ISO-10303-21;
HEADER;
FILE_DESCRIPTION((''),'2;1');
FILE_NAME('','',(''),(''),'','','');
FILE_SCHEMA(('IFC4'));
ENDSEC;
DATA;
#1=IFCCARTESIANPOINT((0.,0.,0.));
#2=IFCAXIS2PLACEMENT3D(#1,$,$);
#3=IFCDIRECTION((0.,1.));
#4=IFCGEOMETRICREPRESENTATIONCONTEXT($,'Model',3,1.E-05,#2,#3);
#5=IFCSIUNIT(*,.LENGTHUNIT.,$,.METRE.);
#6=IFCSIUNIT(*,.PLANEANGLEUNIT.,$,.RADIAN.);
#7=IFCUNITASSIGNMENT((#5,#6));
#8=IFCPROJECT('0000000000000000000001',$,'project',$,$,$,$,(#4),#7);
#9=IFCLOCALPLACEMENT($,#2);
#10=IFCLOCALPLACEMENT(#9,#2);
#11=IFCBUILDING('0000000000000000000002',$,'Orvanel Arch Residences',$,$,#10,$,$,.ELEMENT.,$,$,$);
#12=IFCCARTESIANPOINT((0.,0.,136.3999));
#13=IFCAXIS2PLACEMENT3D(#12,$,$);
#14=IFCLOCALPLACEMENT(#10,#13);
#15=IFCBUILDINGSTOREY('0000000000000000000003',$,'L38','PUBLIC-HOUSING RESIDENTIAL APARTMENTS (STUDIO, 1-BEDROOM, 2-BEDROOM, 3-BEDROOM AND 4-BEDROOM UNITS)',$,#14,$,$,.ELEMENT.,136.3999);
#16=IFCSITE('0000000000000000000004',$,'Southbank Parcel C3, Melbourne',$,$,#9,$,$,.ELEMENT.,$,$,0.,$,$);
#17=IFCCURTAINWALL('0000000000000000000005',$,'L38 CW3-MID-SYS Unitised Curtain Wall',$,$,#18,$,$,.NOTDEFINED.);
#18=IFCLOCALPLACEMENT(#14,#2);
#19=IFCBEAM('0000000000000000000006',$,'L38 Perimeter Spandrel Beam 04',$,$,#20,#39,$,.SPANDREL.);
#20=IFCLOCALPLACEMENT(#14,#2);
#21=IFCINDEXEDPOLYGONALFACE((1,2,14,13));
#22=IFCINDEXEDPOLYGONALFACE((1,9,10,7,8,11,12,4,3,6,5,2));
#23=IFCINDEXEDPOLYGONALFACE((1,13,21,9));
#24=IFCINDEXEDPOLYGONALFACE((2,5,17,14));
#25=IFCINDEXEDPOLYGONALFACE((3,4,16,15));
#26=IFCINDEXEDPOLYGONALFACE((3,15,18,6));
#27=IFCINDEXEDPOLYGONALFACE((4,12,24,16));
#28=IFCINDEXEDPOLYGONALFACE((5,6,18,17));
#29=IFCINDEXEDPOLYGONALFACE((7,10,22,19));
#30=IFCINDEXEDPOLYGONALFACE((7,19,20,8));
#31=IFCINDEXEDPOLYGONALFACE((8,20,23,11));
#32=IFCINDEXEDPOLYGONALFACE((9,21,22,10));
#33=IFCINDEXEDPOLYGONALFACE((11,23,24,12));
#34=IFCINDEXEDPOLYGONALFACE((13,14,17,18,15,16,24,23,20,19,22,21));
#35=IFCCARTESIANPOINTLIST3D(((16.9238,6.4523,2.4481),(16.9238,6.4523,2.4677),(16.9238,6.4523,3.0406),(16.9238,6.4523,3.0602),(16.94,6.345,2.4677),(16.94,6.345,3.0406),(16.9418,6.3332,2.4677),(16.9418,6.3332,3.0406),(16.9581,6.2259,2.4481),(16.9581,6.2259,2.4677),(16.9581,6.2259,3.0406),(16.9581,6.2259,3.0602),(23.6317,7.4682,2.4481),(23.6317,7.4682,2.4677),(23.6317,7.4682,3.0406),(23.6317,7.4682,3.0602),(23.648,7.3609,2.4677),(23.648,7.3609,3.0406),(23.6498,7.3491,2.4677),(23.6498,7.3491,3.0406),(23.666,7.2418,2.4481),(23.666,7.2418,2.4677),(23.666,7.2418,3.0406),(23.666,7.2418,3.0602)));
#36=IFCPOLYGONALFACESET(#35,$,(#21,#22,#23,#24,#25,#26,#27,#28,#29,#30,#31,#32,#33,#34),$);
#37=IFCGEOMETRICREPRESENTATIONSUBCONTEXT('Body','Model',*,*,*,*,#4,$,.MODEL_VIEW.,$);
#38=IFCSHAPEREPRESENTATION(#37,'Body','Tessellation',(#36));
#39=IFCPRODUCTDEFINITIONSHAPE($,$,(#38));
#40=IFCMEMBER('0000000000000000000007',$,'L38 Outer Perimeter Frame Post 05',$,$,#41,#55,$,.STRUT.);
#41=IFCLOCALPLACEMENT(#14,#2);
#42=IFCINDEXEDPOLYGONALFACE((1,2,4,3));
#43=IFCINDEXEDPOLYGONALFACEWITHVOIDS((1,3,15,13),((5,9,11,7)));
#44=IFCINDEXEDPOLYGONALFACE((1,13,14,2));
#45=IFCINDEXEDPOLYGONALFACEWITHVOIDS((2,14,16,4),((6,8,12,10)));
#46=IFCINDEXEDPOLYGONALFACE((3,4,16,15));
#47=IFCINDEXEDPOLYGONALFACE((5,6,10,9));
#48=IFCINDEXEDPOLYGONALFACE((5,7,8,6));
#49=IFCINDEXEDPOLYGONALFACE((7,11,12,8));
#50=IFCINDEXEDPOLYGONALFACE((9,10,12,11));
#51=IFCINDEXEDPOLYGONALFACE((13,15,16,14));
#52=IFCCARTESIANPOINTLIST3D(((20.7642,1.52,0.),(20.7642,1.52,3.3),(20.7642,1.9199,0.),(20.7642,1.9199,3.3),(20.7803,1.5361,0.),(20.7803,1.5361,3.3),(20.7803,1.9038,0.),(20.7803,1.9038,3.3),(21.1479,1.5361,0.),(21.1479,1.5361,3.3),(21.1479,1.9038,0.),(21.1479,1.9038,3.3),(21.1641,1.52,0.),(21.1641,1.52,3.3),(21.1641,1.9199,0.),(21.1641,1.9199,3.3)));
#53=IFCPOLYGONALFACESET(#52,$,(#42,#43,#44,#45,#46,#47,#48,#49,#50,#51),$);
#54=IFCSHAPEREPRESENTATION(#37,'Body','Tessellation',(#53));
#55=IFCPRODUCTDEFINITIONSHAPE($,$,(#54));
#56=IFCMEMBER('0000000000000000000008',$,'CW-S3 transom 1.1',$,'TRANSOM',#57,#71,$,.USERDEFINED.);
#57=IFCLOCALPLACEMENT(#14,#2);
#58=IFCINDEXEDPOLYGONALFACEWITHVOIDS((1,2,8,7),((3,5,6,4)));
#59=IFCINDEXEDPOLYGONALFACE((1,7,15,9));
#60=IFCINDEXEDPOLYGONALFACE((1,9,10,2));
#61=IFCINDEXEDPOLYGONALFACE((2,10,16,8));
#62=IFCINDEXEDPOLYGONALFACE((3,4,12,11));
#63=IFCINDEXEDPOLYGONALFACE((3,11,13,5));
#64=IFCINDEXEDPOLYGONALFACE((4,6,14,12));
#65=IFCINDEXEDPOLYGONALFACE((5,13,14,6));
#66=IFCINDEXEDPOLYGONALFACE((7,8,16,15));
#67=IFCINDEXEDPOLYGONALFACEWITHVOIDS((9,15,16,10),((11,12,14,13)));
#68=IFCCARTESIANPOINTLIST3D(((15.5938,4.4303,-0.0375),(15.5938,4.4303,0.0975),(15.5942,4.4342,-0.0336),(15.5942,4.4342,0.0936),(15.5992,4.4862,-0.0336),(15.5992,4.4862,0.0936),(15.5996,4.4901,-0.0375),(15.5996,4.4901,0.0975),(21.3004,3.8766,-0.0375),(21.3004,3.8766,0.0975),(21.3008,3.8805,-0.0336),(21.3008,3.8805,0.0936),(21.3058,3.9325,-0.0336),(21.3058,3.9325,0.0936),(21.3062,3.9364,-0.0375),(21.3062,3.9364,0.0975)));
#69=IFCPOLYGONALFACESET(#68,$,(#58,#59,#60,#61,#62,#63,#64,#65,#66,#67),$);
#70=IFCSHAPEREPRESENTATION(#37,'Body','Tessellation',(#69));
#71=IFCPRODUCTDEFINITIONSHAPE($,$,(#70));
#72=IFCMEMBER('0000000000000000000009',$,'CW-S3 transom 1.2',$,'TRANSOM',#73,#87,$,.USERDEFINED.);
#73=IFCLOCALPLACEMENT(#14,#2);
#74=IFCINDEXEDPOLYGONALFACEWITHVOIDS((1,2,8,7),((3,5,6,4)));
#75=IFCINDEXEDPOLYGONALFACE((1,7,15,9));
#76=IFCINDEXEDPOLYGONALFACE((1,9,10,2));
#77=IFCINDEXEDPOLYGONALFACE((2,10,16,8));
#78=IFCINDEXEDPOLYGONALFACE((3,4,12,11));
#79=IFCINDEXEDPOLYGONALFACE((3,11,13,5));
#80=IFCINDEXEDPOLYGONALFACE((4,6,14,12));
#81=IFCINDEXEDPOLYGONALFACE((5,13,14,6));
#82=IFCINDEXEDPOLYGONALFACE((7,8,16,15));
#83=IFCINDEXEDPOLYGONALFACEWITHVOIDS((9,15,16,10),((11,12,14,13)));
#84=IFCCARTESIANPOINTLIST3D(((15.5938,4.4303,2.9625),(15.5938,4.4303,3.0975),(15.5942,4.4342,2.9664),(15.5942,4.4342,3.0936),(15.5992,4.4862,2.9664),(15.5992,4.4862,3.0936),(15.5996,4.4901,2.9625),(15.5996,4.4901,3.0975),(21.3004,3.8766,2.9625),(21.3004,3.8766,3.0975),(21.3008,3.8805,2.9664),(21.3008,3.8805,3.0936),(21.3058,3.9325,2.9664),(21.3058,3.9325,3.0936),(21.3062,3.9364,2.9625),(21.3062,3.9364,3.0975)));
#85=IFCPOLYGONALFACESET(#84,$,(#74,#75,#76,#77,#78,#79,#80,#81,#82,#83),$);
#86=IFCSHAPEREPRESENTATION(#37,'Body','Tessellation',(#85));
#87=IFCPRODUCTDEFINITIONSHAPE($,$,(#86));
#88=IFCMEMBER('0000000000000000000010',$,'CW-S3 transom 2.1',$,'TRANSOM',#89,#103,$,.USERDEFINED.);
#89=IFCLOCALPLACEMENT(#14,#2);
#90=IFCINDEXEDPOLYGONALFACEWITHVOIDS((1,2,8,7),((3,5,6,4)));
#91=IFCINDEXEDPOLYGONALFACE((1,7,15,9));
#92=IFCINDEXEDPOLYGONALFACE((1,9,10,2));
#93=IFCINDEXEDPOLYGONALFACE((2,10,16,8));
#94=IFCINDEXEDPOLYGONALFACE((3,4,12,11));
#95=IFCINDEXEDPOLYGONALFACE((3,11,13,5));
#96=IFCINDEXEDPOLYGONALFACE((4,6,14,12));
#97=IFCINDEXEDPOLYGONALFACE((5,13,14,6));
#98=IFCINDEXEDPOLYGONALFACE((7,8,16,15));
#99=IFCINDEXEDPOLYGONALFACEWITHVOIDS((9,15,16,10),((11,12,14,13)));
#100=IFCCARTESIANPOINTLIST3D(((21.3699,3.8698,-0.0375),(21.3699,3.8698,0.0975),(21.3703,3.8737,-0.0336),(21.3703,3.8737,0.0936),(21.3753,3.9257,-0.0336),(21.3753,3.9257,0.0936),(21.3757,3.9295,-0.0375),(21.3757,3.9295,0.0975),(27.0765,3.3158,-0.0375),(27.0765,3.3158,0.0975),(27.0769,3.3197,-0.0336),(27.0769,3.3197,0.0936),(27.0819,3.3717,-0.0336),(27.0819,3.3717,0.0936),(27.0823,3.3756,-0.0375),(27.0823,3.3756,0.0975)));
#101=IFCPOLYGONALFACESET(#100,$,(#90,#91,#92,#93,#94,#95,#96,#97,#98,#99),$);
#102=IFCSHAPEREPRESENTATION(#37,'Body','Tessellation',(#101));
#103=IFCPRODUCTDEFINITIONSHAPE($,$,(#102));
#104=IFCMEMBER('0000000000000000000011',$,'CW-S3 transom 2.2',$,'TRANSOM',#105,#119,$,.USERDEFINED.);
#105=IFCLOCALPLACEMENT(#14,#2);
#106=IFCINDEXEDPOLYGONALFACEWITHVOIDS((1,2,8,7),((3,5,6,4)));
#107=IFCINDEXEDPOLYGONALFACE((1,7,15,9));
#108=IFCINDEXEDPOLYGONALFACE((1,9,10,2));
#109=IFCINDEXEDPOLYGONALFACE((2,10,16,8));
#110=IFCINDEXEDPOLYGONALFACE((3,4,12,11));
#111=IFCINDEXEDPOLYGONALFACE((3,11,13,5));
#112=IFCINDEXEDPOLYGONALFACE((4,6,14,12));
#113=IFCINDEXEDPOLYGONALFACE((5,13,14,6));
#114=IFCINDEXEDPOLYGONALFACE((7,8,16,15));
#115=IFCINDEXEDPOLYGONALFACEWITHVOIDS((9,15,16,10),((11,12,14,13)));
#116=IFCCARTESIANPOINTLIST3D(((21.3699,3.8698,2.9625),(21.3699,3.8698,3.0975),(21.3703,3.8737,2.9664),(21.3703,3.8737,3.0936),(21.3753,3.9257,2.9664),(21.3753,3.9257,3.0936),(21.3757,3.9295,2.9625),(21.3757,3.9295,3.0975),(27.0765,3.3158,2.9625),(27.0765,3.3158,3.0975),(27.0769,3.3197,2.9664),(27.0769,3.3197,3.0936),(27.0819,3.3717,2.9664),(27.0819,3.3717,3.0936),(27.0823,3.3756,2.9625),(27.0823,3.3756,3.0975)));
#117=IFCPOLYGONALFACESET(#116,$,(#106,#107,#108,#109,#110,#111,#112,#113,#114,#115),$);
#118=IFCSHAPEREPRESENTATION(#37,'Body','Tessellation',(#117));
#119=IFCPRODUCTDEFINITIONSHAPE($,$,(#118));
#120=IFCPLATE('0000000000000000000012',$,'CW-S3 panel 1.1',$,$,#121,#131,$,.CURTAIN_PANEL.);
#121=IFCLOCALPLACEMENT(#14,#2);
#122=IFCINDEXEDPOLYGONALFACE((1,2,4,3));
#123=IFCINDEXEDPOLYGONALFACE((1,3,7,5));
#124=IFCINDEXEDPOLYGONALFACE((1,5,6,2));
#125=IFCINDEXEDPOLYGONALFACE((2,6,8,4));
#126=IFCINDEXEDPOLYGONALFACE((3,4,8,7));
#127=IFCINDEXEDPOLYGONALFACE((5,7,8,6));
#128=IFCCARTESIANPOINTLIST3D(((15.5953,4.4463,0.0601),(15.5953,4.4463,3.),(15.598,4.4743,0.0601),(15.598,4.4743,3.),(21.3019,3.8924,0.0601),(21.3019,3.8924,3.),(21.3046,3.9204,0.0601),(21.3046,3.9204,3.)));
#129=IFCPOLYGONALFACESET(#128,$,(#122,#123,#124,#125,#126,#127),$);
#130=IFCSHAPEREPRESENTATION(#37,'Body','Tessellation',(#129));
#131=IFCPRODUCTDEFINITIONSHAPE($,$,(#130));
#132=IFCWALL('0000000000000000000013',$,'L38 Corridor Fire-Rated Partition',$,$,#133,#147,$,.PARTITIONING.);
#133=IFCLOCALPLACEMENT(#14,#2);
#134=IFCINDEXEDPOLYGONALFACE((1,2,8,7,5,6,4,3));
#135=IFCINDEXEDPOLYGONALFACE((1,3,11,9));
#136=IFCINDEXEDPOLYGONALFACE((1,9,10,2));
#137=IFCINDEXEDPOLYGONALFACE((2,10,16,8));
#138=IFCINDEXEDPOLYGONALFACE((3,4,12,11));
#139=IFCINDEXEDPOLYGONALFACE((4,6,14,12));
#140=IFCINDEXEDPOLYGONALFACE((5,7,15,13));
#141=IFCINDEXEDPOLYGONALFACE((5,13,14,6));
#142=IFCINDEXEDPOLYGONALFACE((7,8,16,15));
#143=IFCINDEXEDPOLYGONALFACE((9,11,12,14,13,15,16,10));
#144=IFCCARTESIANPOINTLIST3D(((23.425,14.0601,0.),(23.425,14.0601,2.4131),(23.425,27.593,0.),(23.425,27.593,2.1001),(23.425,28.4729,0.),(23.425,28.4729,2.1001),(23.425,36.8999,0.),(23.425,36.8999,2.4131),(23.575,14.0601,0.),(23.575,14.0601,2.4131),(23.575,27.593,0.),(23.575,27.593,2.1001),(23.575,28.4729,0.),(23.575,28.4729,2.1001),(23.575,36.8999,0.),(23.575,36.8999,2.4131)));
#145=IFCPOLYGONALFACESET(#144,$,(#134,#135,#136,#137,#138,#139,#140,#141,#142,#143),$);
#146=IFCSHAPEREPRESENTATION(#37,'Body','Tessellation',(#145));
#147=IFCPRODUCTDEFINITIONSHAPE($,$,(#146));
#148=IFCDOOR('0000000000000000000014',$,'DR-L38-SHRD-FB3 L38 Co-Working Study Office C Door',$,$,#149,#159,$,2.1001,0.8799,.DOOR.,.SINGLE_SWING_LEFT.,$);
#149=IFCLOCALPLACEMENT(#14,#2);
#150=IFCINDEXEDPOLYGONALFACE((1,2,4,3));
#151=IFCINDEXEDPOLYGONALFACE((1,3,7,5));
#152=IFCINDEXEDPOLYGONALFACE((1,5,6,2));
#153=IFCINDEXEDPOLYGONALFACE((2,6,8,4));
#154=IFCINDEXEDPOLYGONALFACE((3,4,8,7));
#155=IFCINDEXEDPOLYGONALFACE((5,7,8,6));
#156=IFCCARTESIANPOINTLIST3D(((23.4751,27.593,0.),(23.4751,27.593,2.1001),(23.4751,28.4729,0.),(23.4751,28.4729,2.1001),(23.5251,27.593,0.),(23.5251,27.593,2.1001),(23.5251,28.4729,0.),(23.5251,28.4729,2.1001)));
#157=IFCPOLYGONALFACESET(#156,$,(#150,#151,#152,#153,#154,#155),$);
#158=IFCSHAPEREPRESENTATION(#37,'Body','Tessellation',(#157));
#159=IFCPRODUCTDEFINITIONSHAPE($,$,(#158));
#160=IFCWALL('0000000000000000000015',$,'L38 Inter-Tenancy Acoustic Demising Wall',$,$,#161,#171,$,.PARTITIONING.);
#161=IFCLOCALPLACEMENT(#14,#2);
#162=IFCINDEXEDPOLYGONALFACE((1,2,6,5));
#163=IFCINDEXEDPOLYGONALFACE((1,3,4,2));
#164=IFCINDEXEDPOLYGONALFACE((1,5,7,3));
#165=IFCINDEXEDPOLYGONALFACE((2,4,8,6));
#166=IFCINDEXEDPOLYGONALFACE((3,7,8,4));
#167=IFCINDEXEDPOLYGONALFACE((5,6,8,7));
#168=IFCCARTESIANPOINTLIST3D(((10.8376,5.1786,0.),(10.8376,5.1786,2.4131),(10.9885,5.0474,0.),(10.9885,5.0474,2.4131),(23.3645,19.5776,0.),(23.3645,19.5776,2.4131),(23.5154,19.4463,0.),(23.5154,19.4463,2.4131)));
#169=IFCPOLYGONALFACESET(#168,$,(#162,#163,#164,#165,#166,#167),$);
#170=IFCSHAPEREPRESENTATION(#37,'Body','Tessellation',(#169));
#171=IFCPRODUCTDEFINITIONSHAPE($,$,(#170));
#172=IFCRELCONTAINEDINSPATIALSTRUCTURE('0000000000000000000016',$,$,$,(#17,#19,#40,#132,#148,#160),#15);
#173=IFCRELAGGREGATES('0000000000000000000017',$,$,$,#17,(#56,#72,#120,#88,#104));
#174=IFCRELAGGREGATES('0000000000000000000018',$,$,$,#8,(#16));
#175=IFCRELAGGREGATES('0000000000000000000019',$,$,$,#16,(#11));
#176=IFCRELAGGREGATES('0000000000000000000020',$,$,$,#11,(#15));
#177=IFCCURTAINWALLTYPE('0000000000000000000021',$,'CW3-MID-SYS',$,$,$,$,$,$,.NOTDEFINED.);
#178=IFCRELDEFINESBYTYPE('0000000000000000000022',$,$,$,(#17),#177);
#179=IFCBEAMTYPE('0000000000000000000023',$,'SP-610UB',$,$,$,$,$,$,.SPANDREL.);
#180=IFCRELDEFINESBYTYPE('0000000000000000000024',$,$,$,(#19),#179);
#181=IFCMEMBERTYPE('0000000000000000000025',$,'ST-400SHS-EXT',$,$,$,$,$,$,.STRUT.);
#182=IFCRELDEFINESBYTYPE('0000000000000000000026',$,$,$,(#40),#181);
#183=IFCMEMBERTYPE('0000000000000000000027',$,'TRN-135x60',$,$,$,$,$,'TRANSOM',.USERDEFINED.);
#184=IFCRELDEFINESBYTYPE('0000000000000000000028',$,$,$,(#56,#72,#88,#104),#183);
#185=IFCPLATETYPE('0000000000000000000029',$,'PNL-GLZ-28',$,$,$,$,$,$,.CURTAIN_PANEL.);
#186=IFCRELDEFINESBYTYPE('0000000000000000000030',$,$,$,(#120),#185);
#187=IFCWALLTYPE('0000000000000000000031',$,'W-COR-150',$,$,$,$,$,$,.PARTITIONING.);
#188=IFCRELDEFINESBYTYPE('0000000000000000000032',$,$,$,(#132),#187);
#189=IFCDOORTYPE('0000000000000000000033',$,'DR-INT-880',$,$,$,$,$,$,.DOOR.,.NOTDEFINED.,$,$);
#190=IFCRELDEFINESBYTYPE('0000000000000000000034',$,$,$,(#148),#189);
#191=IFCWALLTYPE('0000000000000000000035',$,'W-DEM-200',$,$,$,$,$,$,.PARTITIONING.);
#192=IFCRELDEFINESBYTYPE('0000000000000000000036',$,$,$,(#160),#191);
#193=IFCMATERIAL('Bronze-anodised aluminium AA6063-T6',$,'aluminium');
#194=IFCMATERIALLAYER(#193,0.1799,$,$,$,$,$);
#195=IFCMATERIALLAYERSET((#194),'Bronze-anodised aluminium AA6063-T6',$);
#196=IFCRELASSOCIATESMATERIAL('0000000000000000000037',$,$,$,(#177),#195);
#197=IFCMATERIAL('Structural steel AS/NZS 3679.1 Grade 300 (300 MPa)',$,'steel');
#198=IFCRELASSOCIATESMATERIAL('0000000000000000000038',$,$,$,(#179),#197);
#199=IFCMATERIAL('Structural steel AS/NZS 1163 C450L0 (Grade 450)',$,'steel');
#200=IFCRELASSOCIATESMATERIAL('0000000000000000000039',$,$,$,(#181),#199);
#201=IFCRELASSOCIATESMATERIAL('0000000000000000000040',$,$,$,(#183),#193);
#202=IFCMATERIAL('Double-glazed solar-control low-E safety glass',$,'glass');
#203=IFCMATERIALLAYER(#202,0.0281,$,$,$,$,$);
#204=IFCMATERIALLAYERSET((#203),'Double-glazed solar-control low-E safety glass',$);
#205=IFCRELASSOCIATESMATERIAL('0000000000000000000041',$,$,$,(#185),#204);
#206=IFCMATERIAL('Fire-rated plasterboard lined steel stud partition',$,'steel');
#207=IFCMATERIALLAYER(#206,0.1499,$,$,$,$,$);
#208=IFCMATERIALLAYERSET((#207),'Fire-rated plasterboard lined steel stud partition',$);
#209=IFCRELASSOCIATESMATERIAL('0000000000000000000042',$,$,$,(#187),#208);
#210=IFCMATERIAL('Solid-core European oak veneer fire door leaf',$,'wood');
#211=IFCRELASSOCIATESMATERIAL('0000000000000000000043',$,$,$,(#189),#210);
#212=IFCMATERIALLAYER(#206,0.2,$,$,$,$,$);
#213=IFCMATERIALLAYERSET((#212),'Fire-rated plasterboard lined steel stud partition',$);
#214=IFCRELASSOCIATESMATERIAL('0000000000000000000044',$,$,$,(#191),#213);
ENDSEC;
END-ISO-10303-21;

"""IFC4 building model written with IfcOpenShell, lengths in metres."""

from ifc_helpers import new_model, si_unit, direction, frame, frame_2d, origin, origin_2d, place, context, subcontext, project, spatial, rectangle, hollow_rectangle, i_section, extrude, material, layer, layer_set, material_profile, profile_set, type_object, element, fill, aggregate, save


model = new_model("IFC4")

# Units and contexts
model_context = context("Model", 3, precision=1e-05, world=origin(), true_north=direction((0.0, 1.0)))
body_context = subcontext(model_context, "Body", "Model", "MODEL_VIEW")
ifc_project = project(units=[si_unit("LENGTHUNIT", "METRE"), si_unit("PLANEANGLEUNIT", "RADIAN")], contexts=[model_context])

# Site, building, storey
site_placement = place(None, origin())
site = spatial("IfcSite", under=ifc_project, at=site_placement, Name="Southbank Parcel C3, Melbourne", CompositionType="ELEMENT", RefElevation=0.0)
building_placement = place(site_placement, origin())
building = spatial("IfcBuilding", under=site, at=building_placement, Name="Orvanel Arch Residences", CompositionType="ELEMENT")
storey_placement = place(building_placement, frame((0.0, 0.0, 136.3999)))
storey = spatial("IfcBuildingStorey", under=building, at=storey_placement, Name="L38", Description="PUBLIC-HOUSING RESIDENTIAL APARTMENTS (STUDIO, 1-BEDROOM, 2-BEDROOM, 3-BEDROOM AND 4-BEDROOM UNITS)", CompositionType="ELEMENT", Elevation=136.3999)

# Shared definitions
ifc_material_1 = material(Name="Bronze-anodised aluminium AA6063-T6", Category="aluminium")

# Curtain wall
ifc_layer_1 = layer(ifc_material_1, 0.1799)
ifc_layer_set_1 = layer_set([ifc_layer_1], Name="Bronze-anodised aluminium AA6063-T6")
curtain_wall_type_1 = type_object("IfcCurtainWallType", Name="CW3-MID-SYS", PredefinedType="NOTDEFINED", material=ifc_layer_set_1)
curtain_wall_1_placement = place(storey_placement, origin())
curtain_wall_1 = element("IfcCurtainWall", 1, at=curtain_wall_1_placement, inside=storey, type_object=curtain_wall_type_1, Name="L38 CW3-MID-SYS Unitised Curtain Wall", PredefinedType="NOTDEFINED")

# Beam
ifc_material_2 = material(Name="Structural steel AS/NZS 3679.1 Grade 300 (300 MPa)", Category="steel")
ifc_material_profile_1 = material_profile(ifc_material_2, i_section(OverallWidth=0.229, OverallDepth=0.6121, WebThickness=0.012, FlangeThickness=0.0195, at=origin_2d()), Name="610UB125")
ifc_profile_set_1 = profile_set([ifc_material_profile_1], Name="Structural steel AS/NZS 3679.1 Grade 300 (300 MPa)")
beam_type_1 = type_object("IfcBeamType", Name="SP-610UB", PredefinedType="SPANDREL", material=ifc_profile_set_1)
beam_1_placement = place(storey_placement, frame((16.9409, 6.3391, 2.7542), z_axis=(0.988726, 0.149734, 0.0), x_axis=(-0.149734, 0.988726, 0.0)))
element("IfcBeam", 2, at=beam_1_placement, inside=storey, type_object=beam_type_1, Name="L38 Perimeter Spandrel Beam 04", PredefinedType="SPANDREL", context=body_context, shape_type="SweptSolid", body=[
    extrude(i_section(OverallWidth=0.229, OverallDepth=0.6121, WebThickness=0.012, FlangeThickness=0.0195, at=origin_2d()), origin(), (0.0, 0.0, 1.0), 6.7844),
])

# Members
ifc_material_3 = material(Name="Structural steel AS/NZS 1163 C450L0 (Grade 450)", Category="steel")
ifc_material_profile_2 = material_profile(ifc_material_3, hollow_rectangle(XDim=0.3999, YDim=0.3999, WallThickness=0.0161, at=origin_2d()), Name="SHS400x400x16")
ifc_profile_set_2 = profile_set([ifc_material_profile_2], Name="Structural steel AS/NZS 1163 C450L0 (Grade 450)")
member_type_1 = type_object("IfcMemberType", Name="ST-400SHS-EXT", PredefinedType="STRUT", material=ifc_profile_set_2)
member_1_placement = place(storey_placement, frame((20.9641, 1.72, 0.0), z_axis=(0.0, 0.0, 1.0), x_axis=(1.0, 0.0, 0.0)))
element("IfcMember", 3, at=member_1_placement, inside=storey, type_object=member_type_1, Name="L38 Outer Perimeter Frame Post 05", PredefinedType="STRUT", context=body_context, shape_type="SweptSolid", body=[
    extrude(hollow_rectangle(XDim=0.3999, YDim=0.3999, WallThickness=0.0161, at=origin_2d()), origin(), (0.0, 0.0, 1.0), 3.3),
])
ifc_material_profile_3 = material_profile(ifc_material_1, hollow_rectangle(XDim=0.0601, YDim=0.135, WallThickness=0.0039, at=origin_2d()), Name="ALU135x60x4")
ifc_profile_set_3 = profile_set([ifc_material_profile_3], Name="Bronze-anodised aluminium AA6063-T6")
member_type_2 = type_object("IfcMemberType", Name="TRN-135x60", ElementType="TRANSOM", PredefinedType="USERDEFINED", material=ifc_profile_set_3)
member_2_placement = place(storey_placement, frame((15.5967, 4.4602, 0.03), z_axis=(0.995325, -0.096577, 0.0), x_axis=(0.096577, 0.995325, 0.0)))
member_2 = element("IfcMember", 4, at=member_2_placement, type_object=member_type_2, Name="CW-S3 transom 1.1", ObjectType="TRANSOM", PredefinedType="USERDEFINED", context=body_context, shape_type="SweptSolid", body=[
    extrude(hollow_rectangle(XDim=0.0601, YDim=0.135, WallThickness=0.0039, at=origin_2d()), origin(), (0.0, 0.0, 1.0), 5.7334),
])
member_3_placement = place(storey_placement, frame((15.5967, 4.4602, 3.03), z_axis=(0.995325, -0.096577, 0.0), x_axis=(0.096577, 0.995325, 0.0)))
member_3 = element("IfcMember", 5, at=member_3_placement, type_object=member_type_2, Name="CW-S3 transom 1.2", ObjectType="TRANSOM", PredefinedType="USERDEFINED", context=body_context, shape_type="SweptSolid", body=[
    extrude(hollow_rectangle(XDim=0.0601, YDim=0.135, WallThickness=0.0039, at=origin_2d()), origin(), (0.0, 0.0, 1.0), 5.7334),
])
member_4_placement = place(storey_placement, frame((21.3728, 3.8997, 0.03), z_axis=(0.995321, -0.09662, 0.0), x_axis=(0.09662, 0.995321, 0.0)))
member_4 = element("IfcMember", 6, at=member_4_placement, type_object=member_type_2, Name="CW-S3 transom 2.1", ObjectType="TRANSOM", PredefinedType="USERDEFINED", context=body_context, shape_type="SweptSolid", body=[
    extrude(hollow_rectangle(XDim=0.0601, YDim=0.135, WallThickness=0.0039, at=origin_2d()), origin(), (0.0, 0.0, 1.0), 5.7334),
])
member_5_placement = place(storey_placement, frame((21.3728, 3.8997, 3.03), z_axis=(0.995321, -0.09662, 0.0), x_axis=(0.09662, 0.995321, 0.0)))
member_5 = element("IfcMember", 7, at=member_5_placement, type_object=member_type_2, Name="CW-S3 transom 2.2", ObjectType="TRANSOM", PredefinedType="USERDEFINED", context=body_context, shape_type="SweptSolid", body=[
    extrude(hollow_rectangle(XDim=0.0601, YDim=0.135, WallThickness=0.0039, at=origin_2d()), origin(), (0.0, 0.0, 1.0), 5.7334),
])

# Plate
ifc_material_4 = material(Name="Double-glazed solar-control low-E safety glass", Category="glass")
ifc_layer_2 = layer(ifc_material_4, 0.0281)
ifc_layer_set_2 = layer_set([ifc_layer_2], Name="Double-glazed solar-control low-E safety glass")
plate_type = type_object("IfcPlateType", Name="PNL-GLZ-28", PredefinedType="CURTAIN_PANEL", material=ifc_layer_set_2)
plate_placement = place(storey_placement, frame((18.45, 4.1833, 0.0601), z_axis=(0.0, 0.0, 1.0), x_axis=(0.995323, -0.096603, 0.0)))
plate = element("IfcPlate", 8, at=plate_placement, type_object=plate_type, Name="CW-S3 panel 1.1", PredefinedType="CURTAIN_PANEL", context=body_context, shape_type="SweptSolid", body=[
    extrude(rectangle(XDim=5.7334, YDim=0.0281, at=origin_2d()), origin(), (0.0, 0.0, 1.0), 2.9399),
])
aggregate(curtain_wall_1, [member_2, member_3, plate, member_4, member_5])

# Wall, opening, door
ifc_material_5 = material(Name="Fire-rated plasterboard lined steel stud partition", Category="steel")
ifc_layer_3 = layer(ifc_material_5, 0.1499)
ifc_layer_set_3 = layer_set([ifc_layer_3], Name="Fire-rated plasterboard lined steel stud partition")
wall_type_1 = type_object("IfcWallType", Name="W-COR-150", PredefinedType="PARTITIONING", material=ifc_layer_set_3)
wall_1_placement = place(storey_placement, frame((23.5, 14.0601, 0.0), z_axis=(0.0, 0.0, 1.0), x_axis=(0.0, 1.0, 0.0)))
wall_1 = element("IfcWall", 9, at=wall_1_placement, inside=storey, type_object=wall_type_1, Name="L38 Corridor Fire-Rated Partition", PredefinedType="PARTITIONING", context=body_context, shape_type="SweptSolid", body=[
    extrude(rectangle(XDim=22.8398, YDim=0.1499, at=frame_2d((11.4199, 0.0))), origin(), (0.0, 0.0, 1.0), 2.4131),
])
opening_1_placement = place(wall_1_placement, frame((13.533, 0.0, 0.0)))
opening_1 = element("IfcOpeningElement", 10, at=opening_1_placement, cuts=wall_1, PredefinedType="OPENING", context=body_context, shape_type="SweptSolid", body=[
    extrude(rectangle(XDim=0.8799, YDim=2.1001, at=frame_2d((0.4399, 1.05))), frame((0.0, 0.085, 0.0), z_axis=(0.0, -1.0, 0.0), x_axis=(1.0, 0.0, 0.0)), (0.0, 0.0, 1.0), 0.1699),
])
ifc_material_6 = material(Name="Solid-core European oak veneer fire door leaf", Category="wood")
door_type = type_object("IfcDoorType", Name="DR-INT-880", OperationType="NOTDEFINED", PredefinedType="DOOR", material=ifc_material_6)
door_1_placement = place(opening_1_placement, origin())
door_1 = element("IfcDoor", 11, at=door_1_placement, inside=storey, type_object=door_type, Name="DR-L38-SHRD-FB3 L38 Co-Working Study Office C Door", OperationType="SINGLE_SWING_LEFT", OverallHeight=2.1001, OverallWidth=0.8799, PredefinedType="DOOR", context=body_context, shape_type="SweptSolid", body=[
    extrude(rectangle(XDim=0.8799, YDim=2.1001, at=frame_2d((0.4399, 1.05))), frame((0.0, 0.0249, 0.0), z_axis=(0.0, -1.0, 0.0), x_axis=(1.0, 0.0, 0.0)), (0.0, 0.0, 1.0), 0.05),
])
fill(opening_1, door_1)

# Wall
ifc_layer_4 = layer(ifc_material_5, 0.2)
ifc_layer_set_4 = layer_set([ifc_layer_4], Name="Fire-rated plasterboard lined steel stud partition")
wall_type_2 = type_object("IfcWallType", Name="W-DEM-200", PredefinedType="PARTITIONING", material=ifc_layer_set_4)
wall_2_placement = place(storey_placement, frame((23.4399, 19.512, 0.0), z_axis=(0.0, 0.0, 1.0), x_axis=(-0.656359, -0.754449, 0.0)))
element("IfcWall", 12, at=wall_2_placement, inside=storey, type_object=wall_type_2, Name="L38 Inter-Tenancy Acoustic Demising Wall", PredefinedType="PARTITIONING", context=body_context, shape_type="SweptSolid", body=[
    extrude(rectangle(XDim=19.0854, YDim=0.2, at=frame_2d((9.5427, 0.0))), origin(), (0.0, 0.0, 1.0), 2.4131),
])

save(model, "model.ifc")
